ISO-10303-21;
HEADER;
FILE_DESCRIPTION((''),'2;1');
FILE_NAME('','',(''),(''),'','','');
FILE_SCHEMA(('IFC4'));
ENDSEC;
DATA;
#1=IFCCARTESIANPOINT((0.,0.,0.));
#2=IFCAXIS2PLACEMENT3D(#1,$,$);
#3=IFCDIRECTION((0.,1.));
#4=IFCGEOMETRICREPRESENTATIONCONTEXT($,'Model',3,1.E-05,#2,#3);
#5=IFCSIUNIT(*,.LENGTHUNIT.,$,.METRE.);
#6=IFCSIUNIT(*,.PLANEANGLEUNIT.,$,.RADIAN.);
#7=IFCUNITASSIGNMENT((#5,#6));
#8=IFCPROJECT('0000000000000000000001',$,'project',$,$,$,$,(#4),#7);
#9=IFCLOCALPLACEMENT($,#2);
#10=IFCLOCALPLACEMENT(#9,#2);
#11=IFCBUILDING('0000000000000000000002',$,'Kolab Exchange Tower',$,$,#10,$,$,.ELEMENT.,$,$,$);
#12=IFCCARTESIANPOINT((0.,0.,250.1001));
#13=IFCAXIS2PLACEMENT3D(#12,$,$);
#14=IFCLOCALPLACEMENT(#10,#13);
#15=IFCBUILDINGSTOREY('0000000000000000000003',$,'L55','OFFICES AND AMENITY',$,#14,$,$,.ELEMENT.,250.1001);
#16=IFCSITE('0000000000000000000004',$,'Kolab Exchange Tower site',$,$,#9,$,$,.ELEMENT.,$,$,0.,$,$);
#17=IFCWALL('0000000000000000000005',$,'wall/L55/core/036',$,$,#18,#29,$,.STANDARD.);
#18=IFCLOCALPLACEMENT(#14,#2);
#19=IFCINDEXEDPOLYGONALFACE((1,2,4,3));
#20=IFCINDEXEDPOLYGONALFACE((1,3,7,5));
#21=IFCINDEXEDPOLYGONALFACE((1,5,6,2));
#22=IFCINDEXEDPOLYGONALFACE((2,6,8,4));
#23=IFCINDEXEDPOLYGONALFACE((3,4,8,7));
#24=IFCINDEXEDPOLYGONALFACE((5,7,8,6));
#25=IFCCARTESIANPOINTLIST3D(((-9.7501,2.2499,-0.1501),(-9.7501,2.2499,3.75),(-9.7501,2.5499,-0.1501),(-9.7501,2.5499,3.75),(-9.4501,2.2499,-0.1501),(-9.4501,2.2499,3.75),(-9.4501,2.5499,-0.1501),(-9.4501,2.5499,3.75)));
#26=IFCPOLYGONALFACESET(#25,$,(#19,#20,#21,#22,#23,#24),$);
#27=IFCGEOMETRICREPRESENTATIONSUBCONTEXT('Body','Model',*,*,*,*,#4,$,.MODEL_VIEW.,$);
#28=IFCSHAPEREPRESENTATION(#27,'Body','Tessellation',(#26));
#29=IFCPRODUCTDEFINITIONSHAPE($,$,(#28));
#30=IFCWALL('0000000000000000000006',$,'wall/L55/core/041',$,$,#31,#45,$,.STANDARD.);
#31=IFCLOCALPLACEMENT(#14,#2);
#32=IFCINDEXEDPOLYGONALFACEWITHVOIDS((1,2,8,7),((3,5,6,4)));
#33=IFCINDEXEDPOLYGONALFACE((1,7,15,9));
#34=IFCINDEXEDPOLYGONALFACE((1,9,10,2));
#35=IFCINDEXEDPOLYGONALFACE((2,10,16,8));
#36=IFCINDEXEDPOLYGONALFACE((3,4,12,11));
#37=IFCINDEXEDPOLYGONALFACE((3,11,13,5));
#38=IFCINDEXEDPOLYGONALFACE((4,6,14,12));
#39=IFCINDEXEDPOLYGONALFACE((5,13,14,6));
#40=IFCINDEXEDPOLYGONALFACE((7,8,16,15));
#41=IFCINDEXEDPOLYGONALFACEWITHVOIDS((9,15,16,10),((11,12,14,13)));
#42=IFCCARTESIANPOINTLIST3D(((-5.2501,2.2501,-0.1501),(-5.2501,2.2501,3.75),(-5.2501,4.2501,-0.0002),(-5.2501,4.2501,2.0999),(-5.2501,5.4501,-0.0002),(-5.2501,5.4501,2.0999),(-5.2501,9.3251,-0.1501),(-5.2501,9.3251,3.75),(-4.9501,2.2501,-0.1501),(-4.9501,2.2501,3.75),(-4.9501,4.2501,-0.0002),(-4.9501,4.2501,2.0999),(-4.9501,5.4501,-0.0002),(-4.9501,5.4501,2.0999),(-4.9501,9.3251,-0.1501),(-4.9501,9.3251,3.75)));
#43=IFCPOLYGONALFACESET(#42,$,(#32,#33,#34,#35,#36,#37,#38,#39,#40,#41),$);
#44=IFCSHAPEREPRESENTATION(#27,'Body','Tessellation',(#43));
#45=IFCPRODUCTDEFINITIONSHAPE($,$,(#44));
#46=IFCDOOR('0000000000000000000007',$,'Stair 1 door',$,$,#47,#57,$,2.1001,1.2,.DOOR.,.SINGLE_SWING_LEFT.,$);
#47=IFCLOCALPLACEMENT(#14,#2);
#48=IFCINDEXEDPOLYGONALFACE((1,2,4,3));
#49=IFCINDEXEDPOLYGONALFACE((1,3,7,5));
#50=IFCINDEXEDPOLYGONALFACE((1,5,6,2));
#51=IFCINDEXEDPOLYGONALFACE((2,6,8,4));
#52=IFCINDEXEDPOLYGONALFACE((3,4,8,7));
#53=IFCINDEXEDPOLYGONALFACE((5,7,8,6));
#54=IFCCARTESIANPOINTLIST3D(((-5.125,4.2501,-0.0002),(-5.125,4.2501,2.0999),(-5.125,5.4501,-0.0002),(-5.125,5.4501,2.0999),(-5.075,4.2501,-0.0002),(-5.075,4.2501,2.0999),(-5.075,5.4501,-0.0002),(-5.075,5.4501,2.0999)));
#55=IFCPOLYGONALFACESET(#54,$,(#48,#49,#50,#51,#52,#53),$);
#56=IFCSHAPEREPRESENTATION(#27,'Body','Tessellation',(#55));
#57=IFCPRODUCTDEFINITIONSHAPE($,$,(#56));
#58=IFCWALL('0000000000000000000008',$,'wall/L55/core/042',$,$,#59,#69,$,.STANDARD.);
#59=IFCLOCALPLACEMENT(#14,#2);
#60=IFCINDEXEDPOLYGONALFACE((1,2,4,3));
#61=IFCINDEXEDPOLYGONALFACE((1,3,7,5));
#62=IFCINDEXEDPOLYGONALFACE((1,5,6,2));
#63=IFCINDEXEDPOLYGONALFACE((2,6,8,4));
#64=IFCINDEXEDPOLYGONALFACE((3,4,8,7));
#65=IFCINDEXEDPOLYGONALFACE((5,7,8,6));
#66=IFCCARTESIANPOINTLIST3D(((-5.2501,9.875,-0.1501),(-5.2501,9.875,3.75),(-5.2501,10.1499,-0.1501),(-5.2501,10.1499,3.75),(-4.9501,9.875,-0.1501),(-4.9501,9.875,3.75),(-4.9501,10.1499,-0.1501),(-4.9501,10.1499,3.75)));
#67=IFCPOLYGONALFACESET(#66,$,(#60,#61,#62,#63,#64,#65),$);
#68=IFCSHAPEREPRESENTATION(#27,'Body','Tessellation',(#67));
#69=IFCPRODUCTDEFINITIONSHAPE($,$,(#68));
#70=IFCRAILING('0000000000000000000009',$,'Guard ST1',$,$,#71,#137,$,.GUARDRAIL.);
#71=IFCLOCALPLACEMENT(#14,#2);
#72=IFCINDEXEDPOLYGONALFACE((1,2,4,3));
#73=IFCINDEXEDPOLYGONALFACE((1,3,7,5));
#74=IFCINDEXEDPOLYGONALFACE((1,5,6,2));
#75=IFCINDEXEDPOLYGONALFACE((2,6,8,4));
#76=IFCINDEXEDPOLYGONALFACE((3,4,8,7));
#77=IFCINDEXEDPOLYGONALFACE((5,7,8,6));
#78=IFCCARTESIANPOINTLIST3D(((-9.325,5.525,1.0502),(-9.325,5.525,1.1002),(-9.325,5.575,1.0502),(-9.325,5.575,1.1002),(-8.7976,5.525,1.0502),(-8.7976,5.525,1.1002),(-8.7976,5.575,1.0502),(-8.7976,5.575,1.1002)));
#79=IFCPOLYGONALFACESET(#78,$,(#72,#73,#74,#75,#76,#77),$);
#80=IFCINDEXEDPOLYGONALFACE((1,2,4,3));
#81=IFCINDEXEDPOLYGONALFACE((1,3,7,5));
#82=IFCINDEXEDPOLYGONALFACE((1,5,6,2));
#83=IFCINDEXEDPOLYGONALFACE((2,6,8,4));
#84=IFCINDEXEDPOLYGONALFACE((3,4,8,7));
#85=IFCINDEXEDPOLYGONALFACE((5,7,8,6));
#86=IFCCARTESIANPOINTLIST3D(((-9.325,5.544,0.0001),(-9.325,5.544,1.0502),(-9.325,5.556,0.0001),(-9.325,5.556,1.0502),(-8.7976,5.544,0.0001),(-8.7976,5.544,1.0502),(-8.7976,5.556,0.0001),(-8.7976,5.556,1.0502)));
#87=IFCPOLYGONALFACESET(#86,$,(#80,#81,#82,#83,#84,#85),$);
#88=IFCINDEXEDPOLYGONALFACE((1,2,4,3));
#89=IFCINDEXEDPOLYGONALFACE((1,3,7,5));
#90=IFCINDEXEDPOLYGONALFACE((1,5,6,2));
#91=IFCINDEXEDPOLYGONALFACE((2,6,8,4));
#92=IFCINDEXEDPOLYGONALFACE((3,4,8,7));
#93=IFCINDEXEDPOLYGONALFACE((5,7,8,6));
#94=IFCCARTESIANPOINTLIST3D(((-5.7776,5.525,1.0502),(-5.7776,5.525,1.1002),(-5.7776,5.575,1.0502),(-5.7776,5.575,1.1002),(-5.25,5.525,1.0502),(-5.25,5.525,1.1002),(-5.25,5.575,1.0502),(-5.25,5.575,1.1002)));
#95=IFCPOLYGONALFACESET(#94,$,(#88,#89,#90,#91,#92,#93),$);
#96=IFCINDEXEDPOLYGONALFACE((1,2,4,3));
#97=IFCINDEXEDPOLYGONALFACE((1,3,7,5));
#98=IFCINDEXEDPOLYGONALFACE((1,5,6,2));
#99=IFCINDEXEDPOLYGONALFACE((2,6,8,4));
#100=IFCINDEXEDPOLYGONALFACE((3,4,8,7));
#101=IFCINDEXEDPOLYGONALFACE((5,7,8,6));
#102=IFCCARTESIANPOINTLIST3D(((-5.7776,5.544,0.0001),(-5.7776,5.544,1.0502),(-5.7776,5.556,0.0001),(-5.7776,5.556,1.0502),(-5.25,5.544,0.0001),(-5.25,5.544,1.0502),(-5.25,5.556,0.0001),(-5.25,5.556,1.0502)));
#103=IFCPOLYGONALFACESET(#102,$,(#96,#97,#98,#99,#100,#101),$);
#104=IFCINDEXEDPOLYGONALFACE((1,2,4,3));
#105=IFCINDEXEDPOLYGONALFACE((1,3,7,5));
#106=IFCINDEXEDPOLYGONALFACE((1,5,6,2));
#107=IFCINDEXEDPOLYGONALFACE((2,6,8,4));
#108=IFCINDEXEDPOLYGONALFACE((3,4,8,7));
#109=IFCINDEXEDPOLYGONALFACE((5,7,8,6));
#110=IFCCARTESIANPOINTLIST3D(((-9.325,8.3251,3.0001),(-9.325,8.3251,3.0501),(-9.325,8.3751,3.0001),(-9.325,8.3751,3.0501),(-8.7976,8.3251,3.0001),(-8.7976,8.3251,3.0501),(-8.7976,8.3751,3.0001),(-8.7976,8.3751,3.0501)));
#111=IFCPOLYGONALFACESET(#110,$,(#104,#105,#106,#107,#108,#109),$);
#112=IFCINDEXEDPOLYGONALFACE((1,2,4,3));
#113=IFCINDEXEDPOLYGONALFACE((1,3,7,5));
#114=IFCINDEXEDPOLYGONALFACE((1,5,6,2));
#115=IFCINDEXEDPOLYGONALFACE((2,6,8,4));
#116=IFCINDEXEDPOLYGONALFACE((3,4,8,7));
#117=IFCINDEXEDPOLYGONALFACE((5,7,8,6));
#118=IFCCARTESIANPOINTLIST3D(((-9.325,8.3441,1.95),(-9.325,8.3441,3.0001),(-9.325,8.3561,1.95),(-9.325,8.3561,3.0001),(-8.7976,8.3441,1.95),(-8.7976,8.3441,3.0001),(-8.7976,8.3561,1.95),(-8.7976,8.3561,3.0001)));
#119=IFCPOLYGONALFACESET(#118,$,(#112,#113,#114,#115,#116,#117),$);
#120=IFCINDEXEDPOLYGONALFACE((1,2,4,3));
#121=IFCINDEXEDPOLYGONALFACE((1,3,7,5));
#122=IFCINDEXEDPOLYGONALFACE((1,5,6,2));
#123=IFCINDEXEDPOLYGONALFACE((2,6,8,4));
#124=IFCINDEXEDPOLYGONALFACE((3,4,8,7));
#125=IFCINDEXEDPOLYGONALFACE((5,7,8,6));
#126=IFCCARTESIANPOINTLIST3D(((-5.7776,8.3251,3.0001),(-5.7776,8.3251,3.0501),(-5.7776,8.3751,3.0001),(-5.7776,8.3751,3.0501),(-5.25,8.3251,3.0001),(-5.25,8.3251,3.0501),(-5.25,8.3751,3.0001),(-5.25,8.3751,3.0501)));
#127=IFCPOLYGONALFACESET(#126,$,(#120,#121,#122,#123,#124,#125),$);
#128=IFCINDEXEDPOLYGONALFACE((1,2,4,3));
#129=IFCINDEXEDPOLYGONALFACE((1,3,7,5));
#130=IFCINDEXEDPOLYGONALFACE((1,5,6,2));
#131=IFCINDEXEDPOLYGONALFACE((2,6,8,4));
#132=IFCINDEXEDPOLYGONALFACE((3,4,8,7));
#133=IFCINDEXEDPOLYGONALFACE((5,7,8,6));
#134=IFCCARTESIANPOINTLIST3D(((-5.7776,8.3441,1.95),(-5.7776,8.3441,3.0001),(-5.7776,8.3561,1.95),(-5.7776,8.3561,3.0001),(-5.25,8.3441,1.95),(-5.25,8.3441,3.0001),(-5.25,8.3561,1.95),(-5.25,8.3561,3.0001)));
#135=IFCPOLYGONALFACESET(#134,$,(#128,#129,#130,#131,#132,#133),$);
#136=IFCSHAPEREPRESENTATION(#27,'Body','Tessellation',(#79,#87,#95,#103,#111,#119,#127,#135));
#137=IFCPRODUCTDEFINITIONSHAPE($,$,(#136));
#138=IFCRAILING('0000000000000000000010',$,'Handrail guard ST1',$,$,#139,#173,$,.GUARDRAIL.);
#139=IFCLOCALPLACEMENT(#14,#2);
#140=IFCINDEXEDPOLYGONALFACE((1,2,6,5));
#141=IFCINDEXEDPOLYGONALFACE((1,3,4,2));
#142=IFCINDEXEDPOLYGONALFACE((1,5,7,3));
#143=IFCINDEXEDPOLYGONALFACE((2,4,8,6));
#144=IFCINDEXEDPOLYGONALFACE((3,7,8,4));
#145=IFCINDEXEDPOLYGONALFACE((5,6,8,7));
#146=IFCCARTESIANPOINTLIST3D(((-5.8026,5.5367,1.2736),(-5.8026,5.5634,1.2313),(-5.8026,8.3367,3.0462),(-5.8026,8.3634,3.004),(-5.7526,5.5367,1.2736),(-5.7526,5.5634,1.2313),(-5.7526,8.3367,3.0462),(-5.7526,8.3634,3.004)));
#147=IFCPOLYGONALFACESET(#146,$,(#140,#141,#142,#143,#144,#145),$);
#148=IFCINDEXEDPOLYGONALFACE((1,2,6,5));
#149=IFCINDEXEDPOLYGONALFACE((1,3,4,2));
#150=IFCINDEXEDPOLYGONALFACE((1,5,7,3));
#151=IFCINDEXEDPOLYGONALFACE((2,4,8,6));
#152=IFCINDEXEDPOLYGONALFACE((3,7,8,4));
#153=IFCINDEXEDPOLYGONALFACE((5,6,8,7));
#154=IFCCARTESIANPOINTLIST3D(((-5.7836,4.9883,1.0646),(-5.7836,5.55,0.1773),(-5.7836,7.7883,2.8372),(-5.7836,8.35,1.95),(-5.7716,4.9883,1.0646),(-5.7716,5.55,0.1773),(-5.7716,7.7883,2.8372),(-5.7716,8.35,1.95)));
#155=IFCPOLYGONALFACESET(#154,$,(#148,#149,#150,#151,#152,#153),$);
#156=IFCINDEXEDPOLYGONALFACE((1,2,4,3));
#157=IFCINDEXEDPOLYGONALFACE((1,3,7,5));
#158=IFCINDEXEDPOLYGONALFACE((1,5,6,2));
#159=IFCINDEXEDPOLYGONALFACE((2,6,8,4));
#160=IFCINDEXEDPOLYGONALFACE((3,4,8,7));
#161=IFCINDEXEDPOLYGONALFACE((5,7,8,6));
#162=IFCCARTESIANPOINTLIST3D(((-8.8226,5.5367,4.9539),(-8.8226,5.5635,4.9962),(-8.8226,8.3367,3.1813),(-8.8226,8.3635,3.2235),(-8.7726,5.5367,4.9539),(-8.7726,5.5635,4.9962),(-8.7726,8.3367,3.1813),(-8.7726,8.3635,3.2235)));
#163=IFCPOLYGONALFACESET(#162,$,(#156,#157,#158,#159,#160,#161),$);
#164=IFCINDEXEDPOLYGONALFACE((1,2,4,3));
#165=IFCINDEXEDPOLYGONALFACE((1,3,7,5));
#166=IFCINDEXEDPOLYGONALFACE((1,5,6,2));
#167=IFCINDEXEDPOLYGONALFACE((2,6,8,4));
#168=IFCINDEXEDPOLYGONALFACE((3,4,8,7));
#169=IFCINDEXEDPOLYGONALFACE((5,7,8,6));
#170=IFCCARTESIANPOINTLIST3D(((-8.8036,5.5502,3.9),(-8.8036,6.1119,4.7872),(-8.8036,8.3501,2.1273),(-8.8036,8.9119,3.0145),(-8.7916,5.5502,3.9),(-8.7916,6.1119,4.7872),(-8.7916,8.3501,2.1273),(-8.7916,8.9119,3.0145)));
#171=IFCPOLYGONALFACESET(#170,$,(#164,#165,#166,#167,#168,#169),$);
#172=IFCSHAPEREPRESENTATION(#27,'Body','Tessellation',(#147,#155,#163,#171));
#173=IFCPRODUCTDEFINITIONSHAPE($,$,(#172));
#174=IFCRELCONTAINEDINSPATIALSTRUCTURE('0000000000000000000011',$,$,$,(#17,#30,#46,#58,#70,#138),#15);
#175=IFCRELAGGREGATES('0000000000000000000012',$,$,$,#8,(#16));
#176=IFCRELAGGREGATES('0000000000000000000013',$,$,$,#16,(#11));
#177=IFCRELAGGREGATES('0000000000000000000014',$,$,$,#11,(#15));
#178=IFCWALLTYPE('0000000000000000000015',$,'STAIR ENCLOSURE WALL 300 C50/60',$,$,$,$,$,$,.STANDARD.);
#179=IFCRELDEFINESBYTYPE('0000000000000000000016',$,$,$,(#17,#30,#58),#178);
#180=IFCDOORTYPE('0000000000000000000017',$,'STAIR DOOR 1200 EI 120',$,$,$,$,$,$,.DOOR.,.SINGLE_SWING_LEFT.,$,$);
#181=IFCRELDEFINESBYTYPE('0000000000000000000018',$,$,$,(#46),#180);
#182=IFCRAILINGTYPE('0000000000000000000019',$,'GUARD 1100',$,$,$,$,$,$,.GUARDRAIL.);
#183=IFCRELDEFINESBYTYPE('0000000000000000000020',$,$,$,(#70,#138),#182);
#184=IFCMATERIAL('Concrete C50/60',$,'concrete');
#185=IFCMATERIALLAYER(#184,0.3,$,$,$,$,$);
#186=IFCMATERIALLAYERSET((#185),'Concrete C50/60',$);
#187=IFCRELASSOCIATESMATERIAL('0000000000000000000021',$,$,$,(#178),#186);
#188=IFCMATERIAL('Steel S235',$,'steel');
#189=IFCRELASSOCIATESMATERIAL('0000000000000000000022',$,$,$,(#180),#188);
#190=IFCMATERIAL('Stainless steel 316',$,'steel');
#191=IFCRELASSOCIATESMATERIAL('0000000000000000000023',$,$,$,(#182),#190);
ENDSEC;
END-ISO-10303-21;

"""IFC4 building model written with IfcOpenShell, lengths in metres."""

from ifc_helpers import new_model, si_unit, direction, frame, frame_2d, origin, origin_2d, place, context, subcontext, project, spatial, rectangle, extrude, material, layer, layer_set, type_object, element, fill, save


model = new_model("IFC4")

# Units and contexts
model_context = context("Model", 3, precision=1e-05, world=origin(), true_north=direction((0.0, 1.0)))
body_context = subcontext(model_context, "Body", "Model", "MODEL_VIEW")
ifc_project = project(units=[si_unit("LENGTHUNIT", "METRE"), si_unit("PLANEANGLEUNIT", "RADIAN")], contexts=[model_context])

# Site, building, storey
site_placement = place(None, origin())
site = spatial("IfcSite", under=ifc_project, at=site_placement, Name="Kolab Exchange Tower site", CompositionType="ELEMENT", RefElevation=0.0)
building_placement = place(site_placement, origin())
building = spatial("IfcBuilding", under=site, at=building_placement, Name="Kolab Exchange Tower", CompositionType="ELEMENT")
storey_placement = place(building_placement, frame((0.0, 0.0, 250.1001)))
storey = spatial("IfcBuildingStorey", under=building, at=storey_placement, Name="L55", Description="OFFICES AND AMENITY", CompositionType="ELEMENT", Elevation=250.1001)

# Shared definitions
ifc_material_1 = material(Name="Concrete C50/60", Category="concrete")
ifc_material_2 = material(Name="Steel S235", Category="steel")

# Shared definitions
ifc_material_3 = material(Name="Stainless steel 316", Category="steel")

# Shared definitions
ifc_layer_1 = layer(ifc_material_1, 0.3)
ifc_layer_set_1 = layer_set([ifc_layer_1], Name="Concrete C50/60")
wall_type_1 = type_object("IfcWallType", Name="STAIR ENCLOSURE WALL 300 C50/60", PredefinedType="STANDARD", material=ifc_layer_set_1)

# Shared definitions
door_type_1 = type_object("IfcDoorType", Name="STAIR DOOR 1200 EI 120", OperationType="SINGLE_SWING_LEFT", PredefinedType="DOOR", material=ifc_material_2)

# Wall
wall_1_placement = place(storey_placement, frame((-9.6001, 2.25, -0.1501), z_axis=(0.0, 0.0, 1.0), x_axis=(0.0, 1.0, 0.0)))
element("IfcWall", 1, at=wall_1_placement, inside=storey, type_object=wall_type_1, Name="wall/L55/core/036", PredefinedType="STANDARD", context=body_context, shape_type="SweptSolid", body=[
    extrude(rectangle(XDim=0.3, YDim=0.3, at=frame_2d((0.1499, 0.0))), origin(), (0.0, 0.0, 1.0), 3.9001),
])

# Wall, opening, door
wall_2_placement = place(storey_placement, frame((-5.1001, 2.25, -0.1501), z_axis=(0.0, 0.0, 1.0), x_axis=(0.0, 1.0, 0.0)))
wall_2 = element("IfcWall", 2, at=wall_2_placement, inside=storey, type_object=wall_type_1, Name="wall/L55/core/041", PredefinedType="STANDARD", context=body_context, shape_type="SweptSolid", body=[
    extrude(rectangle(XDim=7.075, YDim=0.3, at=frame_2d((3.5376, 0.0))), origin(), (0.0, 0.0, 1.0), 3.9001),
])
opening_1_placement = place(wall_2_placement, frame((2.0, 0.0, 0.1499)))
opening_1 = element("IfcOpeningElement", 3, at=opening_1_placement, cuts=wall_2, PredefinedType="OPENING", context=body_context, shape_type="SweptSolid", body=[
    extrude(rectangle(XDim=1.2, YDim=2.1001, at=frame_2d((0.6001, 1.05))), frame((0.0, 0.1602, 0.0), z_axis=(0.0, -1.0, 0.0), x_axis=(1.0, 0.0, 0.0)), (0.0, 0.0, 1.0), 0.3201),
])
door_1_placement = place(opening_1_placement, origin())
door_1 = element("IfcDoor", 4, at=door_1_placement, inside=storey, type_object=door_type_1, Name="Stair 1 door", OperationType="SINGLE_SWING_LEFT", OverallHeight=2.1001, OverallWidth=1.2, PredefinedType="DOOR", context=body_context, shape_type="SweptSolid", body=[
    extrude(rectangle(XDim=1.2, YDim=2.1001, at=frame_2d((0.6001, 1.05))), frame((0.0, 0.0249, 0.0), z_axis=(0.0, -1.0, 0.0), x_axis=(1.0, 0.0, 0.0)), (0.0, 0.0, 1.0), 0.05),
])
fill(opening_1, door_1)

# Wall
wall_3_placement = place(storey_placement, frame((-5.1001, 9.875, -0.1501), z_axis=(0.0, 0.0, 1.0), x_axis=(0.0, 1.0, 0.0)))
element("IfcWall", 5, at=wall_3_placement, inside=storey, type_object=wall_type_1, Name="wall/L55/core/042", PredefinedType="STANDARD", context=body_context, shape_type="SweptSolid", body=[
    extrude(rectangle(XDim=0.2749, YDim=0.3, at=frame_2d((0.1375, 0.0))), origin(), (0.0, 0.0, 1.0), 3.9001),
])

# Railings
railing_type = type_object("IfcRailingType", Name="GUARD 1100", PredefinedType="GUARDRAIL", material=ifc_material_3)
railing_1_placement = place(storey_placement, frame((-9.325, 5.55, 0.0)))
element("IfcRailing", 6, at=railing_1_placement, inside=storey, type_object=railing_type, Name="Guard ST1", PredefinedType="GUARDRAIL", context=body_context, shape_type="SweptSolid", body=[
    extrude(rectangle(XDim=0.05, YDim=0.05, at=origin_2d()), frame((0.0, 0.0, 1.0752), z_axis=(1.0, 0.0, 0.0), x_axis=(0.0, 1.0, 0.0)), (0.0, 0.0, 1.0), 0.5273),
    extrude(rectangle(XDim=0.012, YDim=1.0501, at=frame_2d((0.0, 0.5251))), frame((0.0, 0.0, 0.0), z_axis=(1.0, 0.0, 0.0), x_axis=(0.0, 1.0, 0.0)), (0.0, 0.0, 1.0), 0.5273),
    extrude(rectangle(XDim=0.05, YDim=0.05, at=origin_2d()), frame((3.5474, 0.0, 1.0752), z_axis=(1.0, 0.0, 0.0), x_axis=(0.0, 1.0, 0.0)), (0.0, 0.0, 1.0), 0.5276),
    extrude(rectangle(XDim=0.012, YDim=1.0501, at=frame_2d((0.0, 0.5251))), frame((3.5474, 0.0, 0.0), z_axis=(1.0, 0.0, 0.0), x_axis=(0.0, 1.0, 0.0)), (0.0, 0.0, 1.0), 0.5276),
    extrude(rectangle(XDim=0.05, YDim=0.05, at=origin_2d()), frame((0.0, 2.8, 3.0251), z_axis=(1.0, 0.0, 0.0), x_axis=(0.0, 1.0, 0.0)), (0.0, 0.0, 1.0), 0.5273),
    extrude(rectangle(XDim=0.012, YDim=1.0501, at=frame_2d((0.0, 0.5251))), frame((0.0, 2.8, 1.95), z_axis=(1.0, 0.0, 0.0), x_axis=(0.0, 1.0, 0.0)), (0.0, 0.0, 1.0), 0.5273),
    extrude(rectangle(XDim=0.05, YDim=0.05, at=origin_2d()), frame((3.5474, 2.8, 3.0251), z_axis=(1.0, 0.0, 0.0), x_axis=(0.0, 1.0, 0.0)), (0.0, 0.0, 1.0), 0.5276),
    extrude(rectangle(XDim=0.012, YDim=1.0501, at=frame_2d((0.0, 0.5251))), frame((3.5474, 2.8, 1.95), z_axis=(1.0, 0.0, 0.0), x_axis=(0.0, 1.0, 0.0)), (0.0, 0.0, 1.0), 0.5276),
])
railing_2_placement = place(storey_placement, frame((-5.7776, 5.55, 0.1772)))
element("IfcRailing", 7, at=railing_2_placement, inside=storey, type_object=railing_type, Name="Handrail guard ST1", PredefinedType="GUARDRAIL", context=body_context, shape_type="SweptSolid", body=[
    extrude(rectangle(XDim=0.05, YDim=0.05, at=origin_2d()), frame((0.0, 0.0, 1.0752), z_axis=(0.0, 0.844909, 0.53491), x_axis=(-1.0, 0.0, 0.0)), (0.0, 0.0, 1.0), 3.314),
    extrude(rectangle(XDim=0.012, YDim=1.0501, at=frame_2d((0.0, 0.5251))), frame((0.0, 0.0, 0.0), z_axis=(0.0, 0.844909, 0.53491), x_axis=(-1.0, 0.0, 0.0)), (0.0, 0.0, 1.0), 3.314),
    extrude(rectangle(XDim=0.05, YDim=0.05, at=origin_2d()), frame((-3.02, 2.8, 3.0251), z_axis=(0.0, -0.844909, 0.53491), x_axis=(1.0, 0.0, 0.0)), (0.0, 0.0, 1.0), 3.314),
    extrude(rectangle(XDim=0.012, YDim=1.0501, at=frame_2d((0.0, 0.5251))), frame((-3.02, 2.8, 1.95), z_axis=(0.0, -0.844909, 0.53491), x_axis=(1.0, 0.0, 0.0)), (0.0, 0.0, 1.0), 3.314),
])

save(model, "model.ifc")
